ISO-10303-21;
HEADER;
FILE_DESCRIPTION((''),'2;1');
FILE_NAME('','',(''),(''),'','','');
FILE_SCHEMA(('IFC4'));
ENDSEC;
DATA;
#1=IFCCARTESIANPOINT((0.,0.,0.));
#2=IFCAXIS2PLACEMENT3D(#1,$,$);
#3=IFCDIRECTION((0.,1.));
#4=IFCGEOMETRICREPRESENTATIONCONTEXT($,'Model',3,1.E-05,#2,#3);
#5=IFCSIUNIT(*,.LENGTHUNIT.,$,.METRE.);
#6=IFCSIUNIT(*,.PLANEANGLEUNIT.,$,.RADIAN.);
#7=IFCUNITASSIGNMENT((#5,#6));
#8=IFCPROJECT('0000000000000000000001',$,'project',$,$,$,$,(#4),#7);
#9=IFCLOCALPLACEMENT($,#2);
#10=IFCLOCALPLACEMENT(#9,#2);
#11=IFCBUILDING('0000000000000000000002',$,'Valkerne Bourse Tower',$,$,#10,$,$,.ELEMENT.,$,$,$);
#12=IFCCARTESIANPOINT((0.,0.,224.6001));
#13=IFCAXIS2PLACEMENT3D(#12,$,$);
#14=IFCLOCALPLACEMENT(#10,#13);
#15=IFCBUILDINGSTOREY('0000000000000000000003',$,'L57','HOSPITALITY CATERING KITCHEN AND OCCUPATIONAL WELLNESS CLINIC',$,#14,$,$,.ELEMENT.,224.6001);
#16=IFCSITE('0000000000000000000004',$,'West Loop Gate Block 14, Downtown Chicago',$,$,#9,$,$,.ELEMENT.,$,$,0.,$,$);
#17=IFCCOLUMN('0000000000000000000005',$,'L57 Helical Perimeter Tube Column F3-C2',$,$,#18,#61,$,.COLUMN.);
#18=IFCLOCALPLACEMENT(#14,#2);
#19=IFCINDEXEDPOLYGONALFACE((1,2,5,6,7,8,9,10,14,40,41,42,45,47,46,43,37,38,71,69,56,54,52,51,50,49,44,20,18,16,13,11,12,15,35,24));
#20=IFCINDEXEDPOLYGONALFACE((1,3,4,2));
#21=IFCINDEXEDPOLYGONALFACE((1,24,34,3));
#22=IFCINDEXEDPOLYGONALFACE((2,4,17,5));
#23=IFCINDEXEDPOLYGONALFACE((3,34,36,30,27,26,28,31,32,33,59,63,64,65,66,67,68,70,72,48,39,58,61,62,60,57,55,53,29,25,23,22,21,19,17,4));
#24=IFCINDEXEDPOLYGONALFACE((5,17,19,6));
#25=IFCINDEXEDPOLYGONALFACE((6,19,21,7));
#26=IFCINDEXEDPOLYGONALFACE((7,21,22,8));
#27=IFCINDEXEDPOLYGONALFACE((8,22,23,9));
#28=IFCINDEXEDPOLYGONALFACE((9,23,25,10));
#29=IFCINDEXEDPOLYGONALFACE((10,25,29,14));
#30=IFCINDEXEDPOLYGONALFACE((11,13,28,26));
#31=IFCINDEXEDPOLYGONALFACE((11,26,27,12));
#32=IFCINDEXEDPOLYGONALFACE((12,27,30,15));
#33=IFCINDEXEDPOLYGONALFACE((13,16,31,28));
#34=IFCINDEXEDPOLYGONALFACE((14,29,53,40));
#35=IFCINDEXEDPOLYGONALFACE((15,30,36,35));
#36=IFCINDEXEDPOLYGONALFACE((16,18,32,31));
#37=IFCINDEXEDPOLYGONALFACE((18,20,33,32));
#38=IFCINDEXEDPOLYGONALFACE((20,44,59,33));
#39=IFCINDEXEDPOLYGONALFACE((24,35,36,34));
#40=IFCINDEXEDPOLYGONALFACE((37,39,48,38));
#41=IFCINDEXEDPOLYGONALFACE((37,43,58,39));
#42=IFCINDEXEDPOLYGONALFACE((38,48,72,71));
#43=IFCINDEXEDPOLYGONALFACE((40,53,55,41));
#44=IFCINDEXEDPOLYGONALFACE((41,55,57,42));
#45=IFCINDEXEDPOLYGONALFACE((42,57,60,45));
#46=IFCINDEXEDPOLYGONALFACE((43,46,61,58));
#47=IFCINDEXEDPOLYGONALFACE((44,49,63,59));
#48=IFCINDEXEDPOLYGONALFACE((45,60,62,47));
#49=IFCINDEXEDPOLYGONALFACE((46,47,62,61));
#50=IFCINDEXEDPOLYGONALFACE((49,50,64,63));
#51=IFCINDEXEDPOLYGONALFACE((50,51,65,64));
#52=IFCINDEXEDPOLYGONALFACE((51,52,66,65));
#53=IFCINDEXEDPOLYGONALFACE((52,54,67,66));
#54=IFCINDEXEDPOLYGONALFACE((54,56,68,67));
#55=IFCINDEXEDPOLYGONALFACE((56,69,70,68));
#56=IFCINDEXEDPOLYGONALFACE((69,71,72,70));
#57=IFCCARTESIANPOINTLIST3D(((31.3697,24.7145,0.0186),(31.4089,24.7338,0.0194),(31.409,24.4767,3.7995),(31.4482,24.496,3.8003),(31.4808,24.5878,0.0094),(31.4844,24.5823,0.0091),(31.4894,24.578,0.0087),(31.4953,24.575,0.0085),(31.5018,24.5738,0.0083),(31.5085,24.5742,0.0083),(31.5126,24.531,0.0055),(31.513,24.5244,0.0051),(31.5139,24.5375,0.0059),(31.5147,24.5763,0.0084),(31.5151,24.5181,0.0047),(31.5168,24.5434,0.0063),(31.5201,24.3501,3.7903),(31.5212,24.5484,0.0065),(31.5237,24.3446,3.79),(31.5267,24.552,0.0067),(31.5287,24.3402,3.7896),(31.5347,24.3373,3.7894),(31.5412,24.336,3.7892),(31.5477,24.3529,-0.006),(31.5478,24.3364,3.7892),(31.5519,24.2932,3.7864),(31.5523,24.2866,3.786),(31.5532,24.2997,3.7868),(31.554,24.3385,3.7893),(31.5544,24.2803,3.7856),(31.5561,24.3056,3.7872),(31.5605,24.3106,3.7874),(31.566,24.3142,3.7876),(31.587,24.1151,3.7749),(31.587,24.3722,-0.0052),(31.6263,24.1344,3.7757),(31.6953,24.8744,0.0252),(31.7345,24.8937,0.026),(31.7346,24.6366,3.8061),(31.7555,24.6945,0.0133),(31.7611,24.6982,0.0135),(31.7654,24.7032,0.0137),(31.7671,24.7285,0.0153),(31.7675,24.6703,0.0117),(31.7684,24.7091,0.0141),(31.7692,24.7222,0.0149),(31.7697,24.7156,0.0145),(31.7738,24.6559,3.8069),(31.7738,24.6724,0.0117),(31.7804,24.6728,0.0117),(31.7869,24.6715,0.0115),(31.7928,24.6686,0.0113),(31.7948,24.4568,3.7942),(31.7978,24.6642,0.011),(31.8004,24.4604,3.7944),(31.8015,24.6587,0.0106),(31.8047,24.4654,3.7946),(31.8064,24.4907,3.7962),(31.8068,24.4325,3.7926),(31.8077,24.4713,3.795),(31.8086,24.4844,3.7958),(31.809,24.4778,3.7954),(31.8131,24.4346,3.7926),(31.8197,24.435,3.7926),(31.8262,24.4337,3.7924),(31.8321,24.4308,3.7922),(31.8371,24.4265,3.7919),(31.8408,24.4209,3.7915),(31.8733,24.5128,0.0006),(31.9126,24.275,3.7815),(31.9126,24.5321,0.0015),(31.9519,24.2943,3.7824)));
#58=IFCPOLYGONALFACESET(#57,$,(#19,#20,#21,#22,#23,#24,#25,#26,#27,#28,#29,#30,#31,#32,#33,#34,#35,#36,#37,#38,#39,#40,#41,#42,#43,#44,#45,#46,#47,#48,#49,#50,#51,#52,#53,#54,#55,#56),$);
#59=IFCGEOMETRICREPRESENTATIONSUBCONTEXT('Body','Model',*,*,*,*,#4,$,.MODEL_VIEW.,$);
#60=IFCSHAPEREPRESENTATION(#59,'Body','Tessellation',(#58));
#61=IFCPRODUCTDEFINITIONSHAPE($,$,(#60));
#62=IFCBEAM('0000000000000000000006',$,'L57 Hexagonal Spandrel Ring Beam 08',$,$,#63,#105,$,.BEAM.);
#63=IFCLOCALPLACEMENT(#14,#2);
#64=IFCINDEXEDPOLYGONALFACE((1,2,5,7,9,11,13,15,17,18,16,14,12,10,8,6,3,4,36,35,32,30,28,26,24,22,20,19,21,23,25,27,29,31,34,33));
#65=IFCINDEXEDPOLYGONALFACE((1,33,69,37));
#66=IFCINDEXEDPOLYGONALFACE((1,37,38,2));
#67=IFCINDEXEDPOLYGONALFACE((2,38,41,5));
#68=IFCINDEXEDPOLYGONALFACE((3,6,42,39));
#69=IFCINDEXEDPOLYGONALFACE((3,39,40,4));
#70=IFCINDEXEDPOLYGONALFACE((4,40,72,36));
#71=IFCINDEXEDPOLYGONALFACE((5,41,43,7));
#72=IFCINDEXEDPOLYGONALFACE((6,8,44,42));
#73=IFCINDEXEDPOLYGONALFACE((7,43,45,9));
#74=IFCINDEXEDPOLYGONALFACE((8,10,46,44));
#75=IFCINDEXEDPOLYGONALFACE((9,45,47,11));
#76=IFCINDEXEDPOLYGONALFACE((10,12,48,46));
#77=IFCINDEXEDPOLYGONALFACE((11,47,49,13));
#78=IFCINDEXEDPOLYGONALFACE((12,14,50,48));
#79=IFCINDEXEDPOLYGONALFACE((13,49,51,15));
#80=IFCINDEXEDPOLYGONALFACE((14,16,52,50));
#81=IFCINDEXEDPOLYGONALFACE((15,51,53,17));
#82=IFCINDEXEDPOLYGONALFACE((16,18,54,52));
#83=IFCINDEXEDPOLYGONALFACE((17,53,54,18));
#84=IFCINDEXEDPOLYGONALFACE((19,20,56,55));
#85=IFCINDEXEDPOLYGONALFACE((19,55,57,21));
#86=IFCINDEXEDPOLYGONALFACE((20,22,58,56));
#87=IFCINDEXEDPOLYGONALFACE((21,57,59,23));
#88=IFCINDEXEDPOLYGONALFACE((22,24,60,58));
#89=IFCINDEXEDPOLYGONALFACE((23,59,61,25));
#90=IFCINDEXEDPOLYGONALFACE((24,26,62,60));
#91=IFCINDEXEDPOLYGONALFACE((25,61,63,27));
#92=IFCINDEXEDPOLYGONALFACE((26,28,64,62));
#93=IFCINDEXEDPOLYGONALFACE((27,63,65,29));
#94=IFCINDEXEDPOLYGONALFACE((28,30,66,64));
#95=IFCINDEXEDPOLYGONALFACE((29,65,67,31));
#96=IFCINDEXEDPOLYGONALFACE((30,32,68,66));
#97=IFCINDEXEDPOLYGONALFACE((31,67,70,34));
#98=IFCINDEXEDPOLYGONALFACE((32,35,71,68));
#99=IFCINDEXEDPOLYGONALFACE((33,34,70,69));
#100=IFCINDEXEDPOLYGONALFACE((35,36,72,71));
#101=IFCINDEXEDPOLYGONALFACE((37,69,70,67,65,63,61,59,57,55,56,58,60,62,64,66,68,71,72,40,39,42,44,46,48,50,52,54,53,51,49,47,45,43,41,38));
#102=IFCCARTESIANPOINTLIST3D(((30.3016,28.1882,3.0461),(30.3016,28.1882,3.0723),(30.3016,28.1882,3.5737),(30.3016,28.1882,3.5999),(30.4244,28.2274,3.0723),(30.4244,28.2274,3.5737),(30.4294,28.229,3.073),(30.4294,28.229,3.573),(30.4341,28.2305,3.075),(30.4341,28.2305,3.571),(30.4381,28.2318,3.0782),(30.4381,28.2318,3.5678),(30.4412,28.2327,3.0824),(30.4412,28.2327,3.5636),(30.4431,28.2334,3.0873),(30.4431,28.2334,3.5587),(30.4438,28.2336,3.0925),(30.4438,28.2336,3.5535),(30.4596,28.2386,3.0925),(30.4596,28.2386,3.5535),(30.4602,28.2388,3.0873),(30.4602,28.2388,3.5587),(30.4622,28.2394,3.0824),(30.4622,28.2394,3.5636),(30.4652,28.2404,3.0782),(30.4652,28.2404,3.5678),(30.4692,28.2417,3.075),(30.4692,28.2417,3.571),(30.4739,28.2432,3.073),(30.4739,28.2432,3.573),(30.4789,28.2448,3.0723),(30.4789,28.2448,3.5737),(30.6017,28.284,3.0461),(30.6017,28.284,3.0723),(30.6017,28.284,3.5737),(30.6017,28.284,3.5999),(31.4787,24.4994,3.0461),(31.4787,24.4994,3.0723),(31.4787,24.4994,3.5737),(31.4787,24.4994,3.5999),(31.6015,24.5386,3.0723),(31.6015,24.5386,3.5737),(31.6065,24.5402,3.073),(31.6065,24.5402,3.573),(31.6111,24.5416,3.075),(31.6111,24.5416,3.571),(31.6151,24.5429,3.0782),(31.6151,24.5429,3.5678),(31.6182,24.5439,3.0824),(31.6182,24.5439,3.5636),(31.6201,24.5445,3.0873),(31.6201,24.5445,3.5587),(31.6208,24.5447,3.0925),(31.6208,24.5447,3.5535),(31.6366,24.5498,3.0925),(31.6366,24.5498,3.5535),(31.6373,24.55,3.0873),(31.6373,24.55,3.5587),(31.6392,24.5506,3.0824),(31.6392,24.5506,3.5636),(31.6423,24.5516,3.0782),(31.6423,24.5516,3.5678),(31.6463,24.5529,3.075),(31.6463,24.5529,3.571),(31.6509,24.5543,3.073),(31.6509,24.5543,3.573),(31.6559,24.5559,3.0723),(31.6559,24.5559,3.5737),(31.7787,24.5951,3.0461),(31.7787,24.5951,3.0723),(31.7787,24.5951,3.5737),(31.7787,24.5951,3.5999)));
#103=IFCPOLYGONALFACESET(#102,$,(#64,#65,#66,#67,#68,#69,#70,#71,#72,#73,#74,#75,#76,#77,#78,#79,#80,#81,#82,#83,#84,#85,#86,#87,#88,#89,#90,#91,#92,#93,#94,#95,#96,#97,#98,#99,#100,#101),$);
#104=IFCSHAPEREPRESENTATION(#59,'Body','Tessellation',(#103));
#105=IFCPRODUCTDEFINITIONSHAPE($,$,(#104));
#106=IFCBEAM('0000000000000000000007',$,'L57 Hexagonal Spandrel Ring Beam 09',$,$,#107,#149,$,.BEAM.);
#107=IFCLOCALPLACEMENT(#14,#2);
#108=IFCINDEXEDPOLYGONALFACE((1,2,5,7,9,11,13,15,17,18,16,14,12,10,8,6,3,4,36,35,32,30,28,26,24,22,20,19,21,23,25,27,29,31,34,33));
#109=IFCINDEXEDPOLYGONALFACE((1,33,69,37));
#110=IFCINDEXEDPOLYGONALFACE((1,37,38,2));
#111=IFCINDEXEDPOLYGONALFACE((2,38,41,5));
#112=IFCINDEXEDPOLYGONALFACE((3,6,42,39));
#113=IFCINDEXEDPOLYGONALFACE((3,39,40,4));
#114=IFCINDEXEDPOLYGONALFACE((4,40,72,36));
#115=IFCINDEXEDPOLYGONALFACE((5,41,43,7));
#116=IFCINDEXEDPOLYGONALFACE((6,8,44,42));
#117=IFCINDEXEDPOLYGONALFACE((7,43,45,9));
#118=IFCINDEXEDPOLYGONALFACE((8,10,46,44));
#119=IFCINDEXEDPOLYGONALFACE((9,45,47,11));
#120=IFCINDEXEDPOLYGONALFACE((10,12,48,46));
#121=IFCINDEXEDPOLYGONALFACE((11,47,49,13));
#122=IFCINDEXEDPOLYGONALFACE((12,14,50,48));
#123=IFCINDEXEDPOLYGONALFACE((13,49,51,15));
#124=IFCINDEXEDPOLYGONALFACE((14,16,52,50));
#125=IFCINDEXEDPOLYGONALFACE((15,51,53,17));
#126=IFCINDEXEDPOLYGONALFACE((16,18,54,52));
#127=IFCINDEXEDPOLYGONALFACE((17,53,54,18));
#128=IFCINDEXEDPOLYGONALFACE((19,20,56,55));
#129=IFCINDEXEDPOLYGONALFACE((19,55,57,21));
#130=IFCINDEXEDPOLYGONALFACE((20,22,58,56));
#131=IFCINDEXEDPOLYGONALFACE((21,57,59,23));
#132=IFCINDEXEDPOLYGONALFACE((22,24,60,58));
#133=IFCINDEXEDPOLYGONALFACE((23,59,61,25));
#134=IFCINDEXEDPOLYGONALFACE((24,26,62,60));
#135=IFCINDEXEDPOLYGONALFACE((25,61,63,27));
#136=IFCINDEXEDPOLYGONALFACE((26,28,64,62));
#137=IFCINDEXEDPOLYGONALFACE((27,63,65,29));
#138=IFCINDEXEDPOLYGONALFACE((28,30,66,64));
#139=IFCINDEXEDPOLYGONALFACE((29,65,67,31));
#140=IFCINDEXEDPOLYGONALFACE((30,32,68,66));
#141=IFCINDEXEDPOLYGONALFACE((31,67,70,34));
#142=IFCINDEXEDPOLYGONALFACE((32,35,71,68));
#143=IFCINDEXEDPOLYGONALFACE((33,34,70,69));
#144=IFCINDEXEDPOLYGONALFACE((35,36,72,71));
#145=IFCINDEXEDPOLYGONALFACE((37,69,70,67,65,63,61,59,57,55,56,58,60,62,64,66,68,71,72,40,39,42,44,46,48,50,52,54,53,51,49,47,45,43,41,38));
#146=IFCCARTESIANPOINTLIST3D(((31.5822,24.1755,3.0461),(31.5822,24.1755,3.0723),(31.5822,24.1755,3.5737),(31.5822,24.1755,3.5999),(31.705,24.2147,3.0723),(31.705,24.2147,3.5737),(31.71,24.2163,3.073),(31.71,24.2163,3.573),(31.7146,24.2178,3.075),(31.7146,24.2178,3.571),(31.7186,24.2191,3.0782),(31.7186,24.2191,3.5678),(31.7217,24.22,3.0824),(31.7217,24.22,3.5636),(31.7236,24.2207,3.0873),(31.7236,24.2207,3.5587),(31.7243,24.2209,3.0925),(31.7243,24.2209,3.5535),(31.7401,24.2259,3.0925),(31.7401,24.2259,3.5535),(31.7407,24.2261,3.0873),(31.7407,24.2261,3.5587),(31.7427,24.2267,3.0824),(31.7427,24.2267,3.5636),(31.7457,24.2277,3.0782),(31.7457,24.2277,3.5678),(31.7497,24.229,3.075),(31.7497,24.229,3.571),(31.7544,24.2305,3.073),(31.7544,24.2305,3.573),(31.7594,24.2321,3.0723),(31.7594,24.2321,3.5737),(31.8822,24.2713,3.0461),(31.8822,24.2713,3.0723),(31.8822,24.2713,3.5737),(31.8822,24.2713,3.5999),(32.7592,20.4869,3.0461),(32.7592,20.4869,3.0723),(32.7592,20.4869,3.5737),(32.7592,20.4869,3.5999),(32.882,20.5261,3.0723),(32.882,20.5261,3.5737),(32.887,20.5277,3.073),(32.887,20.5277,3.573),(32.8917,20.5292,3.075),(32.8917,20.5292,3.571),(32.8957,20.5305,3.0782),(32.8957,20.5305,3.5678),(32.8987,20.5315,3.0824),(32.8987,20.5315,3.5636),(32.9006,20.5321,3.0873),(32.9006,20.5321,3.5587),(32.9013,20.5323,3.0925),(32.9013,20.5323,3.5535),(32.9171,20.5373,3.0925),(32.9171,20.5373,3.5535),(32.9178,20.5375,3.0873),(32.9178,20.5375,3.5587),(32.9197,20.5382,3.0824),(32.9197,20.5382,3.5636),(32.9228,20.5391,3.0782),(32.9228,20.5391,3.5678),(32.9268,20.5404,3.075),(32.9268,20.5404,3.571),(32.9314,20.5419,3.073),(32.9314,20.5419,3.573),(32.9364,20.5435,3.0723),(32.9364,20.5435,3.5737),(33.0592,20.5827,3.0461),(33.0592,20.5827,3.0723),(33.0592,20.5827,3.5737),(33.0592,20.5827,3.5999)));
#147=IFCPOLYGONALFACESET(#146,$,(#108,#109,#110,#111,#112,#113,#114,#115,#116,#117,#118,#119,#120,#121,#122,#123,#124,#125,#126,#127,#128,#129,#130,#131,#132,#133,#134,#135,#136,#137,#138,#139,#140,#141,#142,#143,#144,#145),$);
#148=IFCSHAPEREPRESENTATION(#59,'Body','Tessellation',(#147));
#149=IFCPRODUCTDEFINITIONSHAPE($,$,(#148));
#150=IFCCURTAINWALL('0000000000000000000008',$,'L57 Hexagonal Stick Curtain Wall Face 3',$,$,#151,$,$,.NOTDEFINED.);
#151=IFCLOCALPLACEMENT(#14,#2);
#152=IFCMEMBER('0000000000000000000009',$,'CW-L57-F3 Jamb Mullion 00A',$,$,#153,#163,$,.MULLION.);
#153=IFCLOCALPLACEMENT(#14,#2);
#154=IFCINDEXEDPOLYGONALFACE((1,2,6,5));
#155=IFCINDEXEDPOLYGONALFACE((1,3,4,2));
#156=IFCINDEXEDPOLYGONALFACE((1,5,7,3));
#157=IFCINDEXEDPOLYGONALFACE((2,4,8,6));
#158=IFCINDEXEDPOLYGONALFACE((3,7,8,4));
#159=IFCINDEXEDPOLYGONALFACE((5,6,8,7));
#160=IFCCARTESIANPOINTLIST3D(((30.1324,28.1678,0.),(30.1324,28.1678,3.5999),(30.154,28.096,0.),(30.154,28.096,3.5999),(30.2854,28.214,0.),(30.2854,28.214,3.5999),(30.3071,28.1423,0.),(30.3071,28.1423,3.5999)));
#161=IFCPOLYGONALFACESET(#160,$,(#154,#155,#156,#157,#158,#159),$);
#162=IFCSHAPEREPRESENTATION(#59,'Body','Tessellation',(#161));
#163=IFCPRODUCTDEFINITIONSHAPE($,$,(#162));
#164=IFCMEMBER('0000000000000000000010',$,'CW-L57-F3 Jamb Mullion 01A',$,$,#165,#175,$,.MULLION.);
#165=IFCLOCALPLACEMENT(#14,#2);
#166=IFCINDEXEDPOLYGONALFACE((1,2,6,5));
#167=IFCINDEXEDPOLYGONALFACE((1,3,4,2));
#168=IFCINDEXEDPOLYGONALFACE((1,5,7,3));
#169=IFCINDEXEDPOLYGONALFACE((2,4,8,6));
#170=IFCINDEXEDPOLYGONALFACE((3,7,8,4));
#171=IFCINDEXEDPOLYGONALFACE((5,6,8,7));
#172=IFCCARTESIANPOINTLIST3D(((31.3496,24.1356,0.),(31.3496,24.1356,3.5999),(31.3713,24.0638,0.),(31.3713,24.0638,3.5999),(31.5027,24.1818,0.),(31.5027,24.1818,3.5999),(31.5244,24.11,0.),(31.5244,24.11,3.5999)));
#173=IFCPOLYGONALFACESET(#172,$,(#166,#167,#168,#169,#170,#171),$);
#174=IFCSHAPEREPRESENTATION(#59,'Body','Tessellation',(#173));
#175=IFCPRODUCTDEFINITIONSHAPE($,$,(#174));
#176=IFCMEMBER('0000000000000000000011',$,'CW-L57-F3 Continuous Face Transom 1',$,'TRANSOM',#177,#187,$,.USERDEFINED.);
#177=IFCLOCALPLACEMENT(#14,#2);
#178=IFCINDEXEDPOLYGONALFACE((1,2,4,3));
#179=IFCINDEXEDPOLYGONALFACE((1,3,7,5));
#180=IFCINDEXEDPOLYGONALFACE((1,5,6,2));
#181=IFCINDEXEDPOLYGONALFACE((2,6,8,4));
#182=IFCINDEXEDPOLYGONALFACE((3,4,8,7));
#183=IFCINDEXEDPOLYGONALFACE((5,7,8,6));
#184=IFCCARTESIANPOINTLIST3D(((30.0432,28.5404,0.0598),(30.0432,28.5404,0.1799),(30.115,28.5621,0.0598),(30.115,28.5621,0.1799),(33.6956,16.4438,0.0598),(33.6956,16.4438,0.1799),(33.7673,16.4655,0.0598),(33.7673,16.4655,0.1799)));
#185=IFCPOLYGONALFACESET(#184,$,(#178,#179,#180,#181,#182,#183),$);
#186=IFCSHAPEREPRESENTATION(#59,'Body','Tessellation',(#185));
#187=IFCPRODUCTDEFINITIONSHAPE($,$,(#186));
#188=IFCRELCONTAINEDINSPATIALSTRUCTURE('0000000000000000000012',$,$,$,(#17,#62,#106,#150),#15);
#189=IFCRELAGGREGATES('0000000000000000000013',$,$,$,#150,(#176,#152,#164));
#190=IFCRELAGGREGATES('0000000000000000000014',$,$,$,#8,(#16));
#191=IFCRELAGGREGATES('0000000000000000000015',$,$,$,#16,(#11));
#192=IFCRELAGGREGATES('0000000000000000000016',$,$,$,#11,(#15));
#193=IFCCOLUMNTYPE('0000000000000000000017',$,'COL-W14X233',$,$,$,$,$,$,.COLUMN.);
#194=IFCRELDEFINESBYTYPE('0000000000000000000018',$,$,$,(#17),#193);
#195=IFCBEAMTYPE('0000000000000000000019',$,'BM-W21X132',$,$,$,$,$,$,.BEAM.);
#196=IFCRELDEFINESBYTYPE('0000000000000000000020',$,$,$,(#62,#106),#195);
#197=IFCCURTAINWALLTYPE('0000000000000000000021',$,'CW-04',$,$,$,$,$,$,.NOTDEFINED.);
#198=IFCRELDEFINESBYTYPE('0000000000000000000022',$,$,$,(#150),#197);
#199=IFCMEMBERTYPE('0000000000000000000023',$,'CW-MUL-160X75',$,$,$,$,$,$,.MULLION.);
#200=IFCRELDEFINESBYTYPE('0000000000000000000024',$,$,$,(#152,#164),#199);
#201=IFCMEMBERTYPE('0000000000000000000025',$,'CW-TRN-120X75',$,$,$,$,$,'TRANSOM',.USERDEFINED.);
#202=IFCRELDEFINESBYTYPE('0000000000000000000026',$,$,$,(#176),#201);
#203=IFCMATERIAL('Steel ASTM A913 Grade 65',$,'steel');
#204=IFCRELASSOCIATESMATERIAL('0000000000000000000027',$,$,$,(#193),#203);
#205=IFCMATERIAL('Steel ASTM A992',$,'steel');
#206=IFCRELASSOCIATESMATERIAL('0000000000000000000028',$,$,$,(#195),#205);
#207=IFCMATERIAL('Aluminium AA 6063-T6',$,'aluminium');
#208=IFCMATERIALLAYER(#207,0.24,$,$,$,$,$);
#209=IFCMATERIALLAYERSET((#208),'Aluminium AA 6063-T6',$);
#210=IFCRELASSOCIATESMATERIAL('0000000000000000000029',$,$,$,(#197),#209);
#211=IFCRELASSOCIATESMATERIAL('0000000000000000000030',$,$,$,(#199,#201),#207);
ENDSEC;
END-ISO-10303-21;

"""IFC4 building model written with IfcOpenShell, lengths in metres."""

from ifc_helpers import new_model, si_unit, direction, frame, origin, origin_2d, place, context, subcontext, project, spatial, rectangle, i_section, extrude, material, layer, layer_set, material_profile, profile_set, type_object, element, aggregate, save


model = new_model("IFC4")

# Units and contexts
model_context = context("Model", 3, precision=1e-05, world=origin(), true_north=direction((0.0, 1.0)))
body_context = subcontext(model_context, "Body", "Model", "MODEL_VIEW")
ifc_project = project(units=[si_unit("LENGTHUNIT", "METRE"), si_unit("PLANEANGLEUNIT", "RADIAN")], contexts=[model_context])

# Site, building, storey
site_placement = place(None, origin())
site = spatial("IfcSite", under=ifc_project, at=site_placement, Name="West Loop Gate Block 14, Downtown Chicago", CompositionType="ELEMENT", RefElevation=0.0)
building_placement = place(site_placement, origin())
building = spatial("IfcBuilding", under=site, at=building_placement, Name="Valkerne Bourse Tower", CompositionType="ELEMENT")
storey_placement = place(building_placement, frame((0.0, 0.0, 224.6001)))
storey = spatial("IfcBuildingStorey", under=building, at=storey_placement, Name="L57", Description="HOSPITALITY CATERING KITCHEN AND OCCUPATIONAL WELLNESS CLINIC", CompositionType="ELEMENT", Elevation=224.6001)

# Column
ifc_material_1 = material(Name="Steel ASTM A913 Grade 65", Category="steel")
ifc_material_profile_1 = material_profile(ifc_material_1, i_section(OverallWidth=0.4038, OverallDepth=0.4065, WebThickness=0.0271, FlangeThickness=0.0437, FilletRadius=0.0254, at=origin_2d()), Name="W14X233")
ifc_profile_set_1 = profile_set([ifc_material_profile_1], Name="Steel ASTM A913 Grade 65")
column_type = type_object("IfcColumnType", Name="COL-W14X233", PredefinedType="COLUMN", material=ifc_profile_set_1)
column_placement = place(storey_placement, frame((31.6411, 24.6233, 0.01), z_axis=(0.010375, -0.062764, 0.997974), x_axis=(0.44097, -0.895453, -0.060901)))
element("IfcColumn", 1, at=column_placement, inside=storey, type_object=column_type, Name="L57 Helical Perimeter Tube Column F3-C2", PredefinedType="COLUMN", context=body_context, shape_type="SweptSolid", body=[
    extrude(i_section(OverallWidth=0.4038, OverallDepth=0.4065, WebThickness=0.0271, FlangeThickness=0.0437, FilletRadius=0.0254, at=origin_2d()), origin(), (0.0, 0.0, 1.0), 3.7886),
])

# Beams
ifc_material_2 = material(Name="Steel ASTM A992", Category="steel")
ifc_material_profile_2 = material_profile(ifc_material_2, i_section(OverallWidth=0.3149, OverallDepth=0.5537, WebThickness=0.0166, FlangeThickness=0.0261, FilletRadius=0.0203, at=origin_2d()), Name="W21X132")
ifc_profile_set_2 = profile_set([ifc_material_profile_2], Name="Steel ASTM A992")
beam_type = type_object("IfcBeamType", Name="BM-W21X132", PredefinedType="BEAM", material=ifc_profile_set_2)
beam_1_placement = place(storey_placement, frame((30.4517, 28.2361, 3.323), z_axis=(0.303982, -0.952678, 0.0), x_axis=(0.952678, 0.303982, 0.0)))
element("IfcBeam", 2, at=beam_1_placement, inside=storey, type_object=beam_type, Name="L57 Hexagonal Spandrel Ring Beam 08", PredefinedType="BEAM", context=body_context, shape_type="SweptSolid", body=[
    extrude(i_section(OverallWidth=0.3149, OverallDepth=0.5537, WebThickness=0.0166, FlangeThickness=0.0261, FilletRadius=0.0203, at=origin_2d()), origin(), (0.0, 0.0, 1.0), 3.8721),
])
beam_2_placement = place(storey_placement, frame((31.7322, 24.2234, 3.323), z_axis=(0.304, -0.952672, 0.0), x_axis=(0.952672, 0.304, 0.0)))
element("IfcBeam", 3, at=beam_2_placement, inside=storey, type_object=beam_type, Name="L57 Hexagonal Spandrel Ring Beam 09", PredefinedType="BEAM", context=body_context, shape_type="SweptSolid", body=[
    extrude(i_section(OverallWidth=0.3149, OverallDepth=0.5537, WebThickness=0.0166, FlangeThickness=0.0261, FilletRadius=0.0203, at=origin_2d()), origin(), (0.0, 0.0, 1.0), 3.8718),
])

# Curtain wall, members
ifc_material_3 = material(Name="Aluminium AA 6063-T6", Category="aluminium")
ifc_layer_1 = layer(ifc_material_3, 0.24)
ifc_layer_set_1 = layer_set([ifc_layer_1], Name="Aluminium AA 6063-T6")
curtain_wall_type = type_object("IfcCurtainWallType", Name="CW-04", PredefinedType="NOTDEFINED", material=ifc_layer_set_1)
curtain_wall_placement = place(storey_placement, origin())
curtain_wall = element("IfcCurtainWall", 4, at=curtain_wall_placement, inside=storey, type_object=curtain_wall_type, Name="L57 Hexagonal Stick Curtain Wall Face 3", PredefinedType="NOTDEFINED")
ifc_material_profile_3 = material_profile(ifc_material_3, rectangle(XDim=0.075, YDim=0.1599, at=origin_2d()), Name="CWM-75X160")
ifc_profile_set_3 = profile_set([ifc_material_profile_3], Name="Aluminium AA 6063-T6")
member_type_1 = type_object("IfcMemberType", Name="CW-MUL-160X75", PredefinedType="MULLION", material=ifc_profile_set_3)
member_1_placement = place(storey_placement, frame((30.2197, 28.155, 0.0), z_axis=(0.0, 0.0, 1.0), x_axis=(0.289033, -0.957319, 0.0)))
member_1 = element("IfcMember", 5, at=member_1_placement, type_object=member_type_1, Name="CW-L57-F3 Jamb Mullion 00A", PredefinedType="MULLION", context=body_context, shape_type="SweptSolid", body=[
    extrude(rectangle(XDim=0.075, YDim=0.1599, at=origin_2d()), origin(), (0.0, 0.0, 1.0), 3.5999),
])
member_2_placement = place(storey_placement, frame((31.437, 24.1228, 0.0), z_axis=(0.0, 0.0, 1.0), x_axis=(0.289033, -0.957319, 0.0)))
member_2 = element("IfcMember", 6, at=member_2_placement, type_object=member_type_1, Name="CW-L57-F3 Jamb Mullion 01A", PredefinedType="MULLION", context=body_context, shape_type="SweptSolid", body=[
    extrude(rectangle(XDim=0.075, YDim=0.1599, at=origin_2d()), origin(), (0.0, 0.0, 1.0), 3.5999),
])
ifc_material_profile_4 = material_profile(ifc_material_3, rectangle(XDim=0.075, YDim=0.1201, at=origin_2d()), Name="CWT-75X120")
ifc_profile_set_4 = profile_set([ifc_material_profile_4], Name="Aluminium AA 6063-T6")
member_type_2 = type_object("IfcMemberType", Name="CW-TRN-120X75", ElementType="TRANSOM", PredefinedType="USERDEFINED", material=ifc_profile_set_4)
member_3_placement = place(storey_placement, frame((30.0791, 28.5513, 0.1199), z_axis=(0.289042, -0.957316, 0.0), x_axis=(0.957316, 0.289042, 0.0)))
member_3 = element("IfcMember", 7, at=member_3_placement, type_object=member_type_2, Name="CW-L57-F3 Continuous Face Transom 1", ObjectType="TRANSOM", PredefinedType="USERDEFINED", context=body_context, shape_type="SweptSolid", body=[
    extrude(rectangle(XDim=0.075, YDim=0.1201, at=origin_2d()), origin(), (0.0, 0.0, 1.0), 12.636),
])

aggregate(curtain_wall, [member_3, member_1, member_2])

save(model, "model.ifc")
